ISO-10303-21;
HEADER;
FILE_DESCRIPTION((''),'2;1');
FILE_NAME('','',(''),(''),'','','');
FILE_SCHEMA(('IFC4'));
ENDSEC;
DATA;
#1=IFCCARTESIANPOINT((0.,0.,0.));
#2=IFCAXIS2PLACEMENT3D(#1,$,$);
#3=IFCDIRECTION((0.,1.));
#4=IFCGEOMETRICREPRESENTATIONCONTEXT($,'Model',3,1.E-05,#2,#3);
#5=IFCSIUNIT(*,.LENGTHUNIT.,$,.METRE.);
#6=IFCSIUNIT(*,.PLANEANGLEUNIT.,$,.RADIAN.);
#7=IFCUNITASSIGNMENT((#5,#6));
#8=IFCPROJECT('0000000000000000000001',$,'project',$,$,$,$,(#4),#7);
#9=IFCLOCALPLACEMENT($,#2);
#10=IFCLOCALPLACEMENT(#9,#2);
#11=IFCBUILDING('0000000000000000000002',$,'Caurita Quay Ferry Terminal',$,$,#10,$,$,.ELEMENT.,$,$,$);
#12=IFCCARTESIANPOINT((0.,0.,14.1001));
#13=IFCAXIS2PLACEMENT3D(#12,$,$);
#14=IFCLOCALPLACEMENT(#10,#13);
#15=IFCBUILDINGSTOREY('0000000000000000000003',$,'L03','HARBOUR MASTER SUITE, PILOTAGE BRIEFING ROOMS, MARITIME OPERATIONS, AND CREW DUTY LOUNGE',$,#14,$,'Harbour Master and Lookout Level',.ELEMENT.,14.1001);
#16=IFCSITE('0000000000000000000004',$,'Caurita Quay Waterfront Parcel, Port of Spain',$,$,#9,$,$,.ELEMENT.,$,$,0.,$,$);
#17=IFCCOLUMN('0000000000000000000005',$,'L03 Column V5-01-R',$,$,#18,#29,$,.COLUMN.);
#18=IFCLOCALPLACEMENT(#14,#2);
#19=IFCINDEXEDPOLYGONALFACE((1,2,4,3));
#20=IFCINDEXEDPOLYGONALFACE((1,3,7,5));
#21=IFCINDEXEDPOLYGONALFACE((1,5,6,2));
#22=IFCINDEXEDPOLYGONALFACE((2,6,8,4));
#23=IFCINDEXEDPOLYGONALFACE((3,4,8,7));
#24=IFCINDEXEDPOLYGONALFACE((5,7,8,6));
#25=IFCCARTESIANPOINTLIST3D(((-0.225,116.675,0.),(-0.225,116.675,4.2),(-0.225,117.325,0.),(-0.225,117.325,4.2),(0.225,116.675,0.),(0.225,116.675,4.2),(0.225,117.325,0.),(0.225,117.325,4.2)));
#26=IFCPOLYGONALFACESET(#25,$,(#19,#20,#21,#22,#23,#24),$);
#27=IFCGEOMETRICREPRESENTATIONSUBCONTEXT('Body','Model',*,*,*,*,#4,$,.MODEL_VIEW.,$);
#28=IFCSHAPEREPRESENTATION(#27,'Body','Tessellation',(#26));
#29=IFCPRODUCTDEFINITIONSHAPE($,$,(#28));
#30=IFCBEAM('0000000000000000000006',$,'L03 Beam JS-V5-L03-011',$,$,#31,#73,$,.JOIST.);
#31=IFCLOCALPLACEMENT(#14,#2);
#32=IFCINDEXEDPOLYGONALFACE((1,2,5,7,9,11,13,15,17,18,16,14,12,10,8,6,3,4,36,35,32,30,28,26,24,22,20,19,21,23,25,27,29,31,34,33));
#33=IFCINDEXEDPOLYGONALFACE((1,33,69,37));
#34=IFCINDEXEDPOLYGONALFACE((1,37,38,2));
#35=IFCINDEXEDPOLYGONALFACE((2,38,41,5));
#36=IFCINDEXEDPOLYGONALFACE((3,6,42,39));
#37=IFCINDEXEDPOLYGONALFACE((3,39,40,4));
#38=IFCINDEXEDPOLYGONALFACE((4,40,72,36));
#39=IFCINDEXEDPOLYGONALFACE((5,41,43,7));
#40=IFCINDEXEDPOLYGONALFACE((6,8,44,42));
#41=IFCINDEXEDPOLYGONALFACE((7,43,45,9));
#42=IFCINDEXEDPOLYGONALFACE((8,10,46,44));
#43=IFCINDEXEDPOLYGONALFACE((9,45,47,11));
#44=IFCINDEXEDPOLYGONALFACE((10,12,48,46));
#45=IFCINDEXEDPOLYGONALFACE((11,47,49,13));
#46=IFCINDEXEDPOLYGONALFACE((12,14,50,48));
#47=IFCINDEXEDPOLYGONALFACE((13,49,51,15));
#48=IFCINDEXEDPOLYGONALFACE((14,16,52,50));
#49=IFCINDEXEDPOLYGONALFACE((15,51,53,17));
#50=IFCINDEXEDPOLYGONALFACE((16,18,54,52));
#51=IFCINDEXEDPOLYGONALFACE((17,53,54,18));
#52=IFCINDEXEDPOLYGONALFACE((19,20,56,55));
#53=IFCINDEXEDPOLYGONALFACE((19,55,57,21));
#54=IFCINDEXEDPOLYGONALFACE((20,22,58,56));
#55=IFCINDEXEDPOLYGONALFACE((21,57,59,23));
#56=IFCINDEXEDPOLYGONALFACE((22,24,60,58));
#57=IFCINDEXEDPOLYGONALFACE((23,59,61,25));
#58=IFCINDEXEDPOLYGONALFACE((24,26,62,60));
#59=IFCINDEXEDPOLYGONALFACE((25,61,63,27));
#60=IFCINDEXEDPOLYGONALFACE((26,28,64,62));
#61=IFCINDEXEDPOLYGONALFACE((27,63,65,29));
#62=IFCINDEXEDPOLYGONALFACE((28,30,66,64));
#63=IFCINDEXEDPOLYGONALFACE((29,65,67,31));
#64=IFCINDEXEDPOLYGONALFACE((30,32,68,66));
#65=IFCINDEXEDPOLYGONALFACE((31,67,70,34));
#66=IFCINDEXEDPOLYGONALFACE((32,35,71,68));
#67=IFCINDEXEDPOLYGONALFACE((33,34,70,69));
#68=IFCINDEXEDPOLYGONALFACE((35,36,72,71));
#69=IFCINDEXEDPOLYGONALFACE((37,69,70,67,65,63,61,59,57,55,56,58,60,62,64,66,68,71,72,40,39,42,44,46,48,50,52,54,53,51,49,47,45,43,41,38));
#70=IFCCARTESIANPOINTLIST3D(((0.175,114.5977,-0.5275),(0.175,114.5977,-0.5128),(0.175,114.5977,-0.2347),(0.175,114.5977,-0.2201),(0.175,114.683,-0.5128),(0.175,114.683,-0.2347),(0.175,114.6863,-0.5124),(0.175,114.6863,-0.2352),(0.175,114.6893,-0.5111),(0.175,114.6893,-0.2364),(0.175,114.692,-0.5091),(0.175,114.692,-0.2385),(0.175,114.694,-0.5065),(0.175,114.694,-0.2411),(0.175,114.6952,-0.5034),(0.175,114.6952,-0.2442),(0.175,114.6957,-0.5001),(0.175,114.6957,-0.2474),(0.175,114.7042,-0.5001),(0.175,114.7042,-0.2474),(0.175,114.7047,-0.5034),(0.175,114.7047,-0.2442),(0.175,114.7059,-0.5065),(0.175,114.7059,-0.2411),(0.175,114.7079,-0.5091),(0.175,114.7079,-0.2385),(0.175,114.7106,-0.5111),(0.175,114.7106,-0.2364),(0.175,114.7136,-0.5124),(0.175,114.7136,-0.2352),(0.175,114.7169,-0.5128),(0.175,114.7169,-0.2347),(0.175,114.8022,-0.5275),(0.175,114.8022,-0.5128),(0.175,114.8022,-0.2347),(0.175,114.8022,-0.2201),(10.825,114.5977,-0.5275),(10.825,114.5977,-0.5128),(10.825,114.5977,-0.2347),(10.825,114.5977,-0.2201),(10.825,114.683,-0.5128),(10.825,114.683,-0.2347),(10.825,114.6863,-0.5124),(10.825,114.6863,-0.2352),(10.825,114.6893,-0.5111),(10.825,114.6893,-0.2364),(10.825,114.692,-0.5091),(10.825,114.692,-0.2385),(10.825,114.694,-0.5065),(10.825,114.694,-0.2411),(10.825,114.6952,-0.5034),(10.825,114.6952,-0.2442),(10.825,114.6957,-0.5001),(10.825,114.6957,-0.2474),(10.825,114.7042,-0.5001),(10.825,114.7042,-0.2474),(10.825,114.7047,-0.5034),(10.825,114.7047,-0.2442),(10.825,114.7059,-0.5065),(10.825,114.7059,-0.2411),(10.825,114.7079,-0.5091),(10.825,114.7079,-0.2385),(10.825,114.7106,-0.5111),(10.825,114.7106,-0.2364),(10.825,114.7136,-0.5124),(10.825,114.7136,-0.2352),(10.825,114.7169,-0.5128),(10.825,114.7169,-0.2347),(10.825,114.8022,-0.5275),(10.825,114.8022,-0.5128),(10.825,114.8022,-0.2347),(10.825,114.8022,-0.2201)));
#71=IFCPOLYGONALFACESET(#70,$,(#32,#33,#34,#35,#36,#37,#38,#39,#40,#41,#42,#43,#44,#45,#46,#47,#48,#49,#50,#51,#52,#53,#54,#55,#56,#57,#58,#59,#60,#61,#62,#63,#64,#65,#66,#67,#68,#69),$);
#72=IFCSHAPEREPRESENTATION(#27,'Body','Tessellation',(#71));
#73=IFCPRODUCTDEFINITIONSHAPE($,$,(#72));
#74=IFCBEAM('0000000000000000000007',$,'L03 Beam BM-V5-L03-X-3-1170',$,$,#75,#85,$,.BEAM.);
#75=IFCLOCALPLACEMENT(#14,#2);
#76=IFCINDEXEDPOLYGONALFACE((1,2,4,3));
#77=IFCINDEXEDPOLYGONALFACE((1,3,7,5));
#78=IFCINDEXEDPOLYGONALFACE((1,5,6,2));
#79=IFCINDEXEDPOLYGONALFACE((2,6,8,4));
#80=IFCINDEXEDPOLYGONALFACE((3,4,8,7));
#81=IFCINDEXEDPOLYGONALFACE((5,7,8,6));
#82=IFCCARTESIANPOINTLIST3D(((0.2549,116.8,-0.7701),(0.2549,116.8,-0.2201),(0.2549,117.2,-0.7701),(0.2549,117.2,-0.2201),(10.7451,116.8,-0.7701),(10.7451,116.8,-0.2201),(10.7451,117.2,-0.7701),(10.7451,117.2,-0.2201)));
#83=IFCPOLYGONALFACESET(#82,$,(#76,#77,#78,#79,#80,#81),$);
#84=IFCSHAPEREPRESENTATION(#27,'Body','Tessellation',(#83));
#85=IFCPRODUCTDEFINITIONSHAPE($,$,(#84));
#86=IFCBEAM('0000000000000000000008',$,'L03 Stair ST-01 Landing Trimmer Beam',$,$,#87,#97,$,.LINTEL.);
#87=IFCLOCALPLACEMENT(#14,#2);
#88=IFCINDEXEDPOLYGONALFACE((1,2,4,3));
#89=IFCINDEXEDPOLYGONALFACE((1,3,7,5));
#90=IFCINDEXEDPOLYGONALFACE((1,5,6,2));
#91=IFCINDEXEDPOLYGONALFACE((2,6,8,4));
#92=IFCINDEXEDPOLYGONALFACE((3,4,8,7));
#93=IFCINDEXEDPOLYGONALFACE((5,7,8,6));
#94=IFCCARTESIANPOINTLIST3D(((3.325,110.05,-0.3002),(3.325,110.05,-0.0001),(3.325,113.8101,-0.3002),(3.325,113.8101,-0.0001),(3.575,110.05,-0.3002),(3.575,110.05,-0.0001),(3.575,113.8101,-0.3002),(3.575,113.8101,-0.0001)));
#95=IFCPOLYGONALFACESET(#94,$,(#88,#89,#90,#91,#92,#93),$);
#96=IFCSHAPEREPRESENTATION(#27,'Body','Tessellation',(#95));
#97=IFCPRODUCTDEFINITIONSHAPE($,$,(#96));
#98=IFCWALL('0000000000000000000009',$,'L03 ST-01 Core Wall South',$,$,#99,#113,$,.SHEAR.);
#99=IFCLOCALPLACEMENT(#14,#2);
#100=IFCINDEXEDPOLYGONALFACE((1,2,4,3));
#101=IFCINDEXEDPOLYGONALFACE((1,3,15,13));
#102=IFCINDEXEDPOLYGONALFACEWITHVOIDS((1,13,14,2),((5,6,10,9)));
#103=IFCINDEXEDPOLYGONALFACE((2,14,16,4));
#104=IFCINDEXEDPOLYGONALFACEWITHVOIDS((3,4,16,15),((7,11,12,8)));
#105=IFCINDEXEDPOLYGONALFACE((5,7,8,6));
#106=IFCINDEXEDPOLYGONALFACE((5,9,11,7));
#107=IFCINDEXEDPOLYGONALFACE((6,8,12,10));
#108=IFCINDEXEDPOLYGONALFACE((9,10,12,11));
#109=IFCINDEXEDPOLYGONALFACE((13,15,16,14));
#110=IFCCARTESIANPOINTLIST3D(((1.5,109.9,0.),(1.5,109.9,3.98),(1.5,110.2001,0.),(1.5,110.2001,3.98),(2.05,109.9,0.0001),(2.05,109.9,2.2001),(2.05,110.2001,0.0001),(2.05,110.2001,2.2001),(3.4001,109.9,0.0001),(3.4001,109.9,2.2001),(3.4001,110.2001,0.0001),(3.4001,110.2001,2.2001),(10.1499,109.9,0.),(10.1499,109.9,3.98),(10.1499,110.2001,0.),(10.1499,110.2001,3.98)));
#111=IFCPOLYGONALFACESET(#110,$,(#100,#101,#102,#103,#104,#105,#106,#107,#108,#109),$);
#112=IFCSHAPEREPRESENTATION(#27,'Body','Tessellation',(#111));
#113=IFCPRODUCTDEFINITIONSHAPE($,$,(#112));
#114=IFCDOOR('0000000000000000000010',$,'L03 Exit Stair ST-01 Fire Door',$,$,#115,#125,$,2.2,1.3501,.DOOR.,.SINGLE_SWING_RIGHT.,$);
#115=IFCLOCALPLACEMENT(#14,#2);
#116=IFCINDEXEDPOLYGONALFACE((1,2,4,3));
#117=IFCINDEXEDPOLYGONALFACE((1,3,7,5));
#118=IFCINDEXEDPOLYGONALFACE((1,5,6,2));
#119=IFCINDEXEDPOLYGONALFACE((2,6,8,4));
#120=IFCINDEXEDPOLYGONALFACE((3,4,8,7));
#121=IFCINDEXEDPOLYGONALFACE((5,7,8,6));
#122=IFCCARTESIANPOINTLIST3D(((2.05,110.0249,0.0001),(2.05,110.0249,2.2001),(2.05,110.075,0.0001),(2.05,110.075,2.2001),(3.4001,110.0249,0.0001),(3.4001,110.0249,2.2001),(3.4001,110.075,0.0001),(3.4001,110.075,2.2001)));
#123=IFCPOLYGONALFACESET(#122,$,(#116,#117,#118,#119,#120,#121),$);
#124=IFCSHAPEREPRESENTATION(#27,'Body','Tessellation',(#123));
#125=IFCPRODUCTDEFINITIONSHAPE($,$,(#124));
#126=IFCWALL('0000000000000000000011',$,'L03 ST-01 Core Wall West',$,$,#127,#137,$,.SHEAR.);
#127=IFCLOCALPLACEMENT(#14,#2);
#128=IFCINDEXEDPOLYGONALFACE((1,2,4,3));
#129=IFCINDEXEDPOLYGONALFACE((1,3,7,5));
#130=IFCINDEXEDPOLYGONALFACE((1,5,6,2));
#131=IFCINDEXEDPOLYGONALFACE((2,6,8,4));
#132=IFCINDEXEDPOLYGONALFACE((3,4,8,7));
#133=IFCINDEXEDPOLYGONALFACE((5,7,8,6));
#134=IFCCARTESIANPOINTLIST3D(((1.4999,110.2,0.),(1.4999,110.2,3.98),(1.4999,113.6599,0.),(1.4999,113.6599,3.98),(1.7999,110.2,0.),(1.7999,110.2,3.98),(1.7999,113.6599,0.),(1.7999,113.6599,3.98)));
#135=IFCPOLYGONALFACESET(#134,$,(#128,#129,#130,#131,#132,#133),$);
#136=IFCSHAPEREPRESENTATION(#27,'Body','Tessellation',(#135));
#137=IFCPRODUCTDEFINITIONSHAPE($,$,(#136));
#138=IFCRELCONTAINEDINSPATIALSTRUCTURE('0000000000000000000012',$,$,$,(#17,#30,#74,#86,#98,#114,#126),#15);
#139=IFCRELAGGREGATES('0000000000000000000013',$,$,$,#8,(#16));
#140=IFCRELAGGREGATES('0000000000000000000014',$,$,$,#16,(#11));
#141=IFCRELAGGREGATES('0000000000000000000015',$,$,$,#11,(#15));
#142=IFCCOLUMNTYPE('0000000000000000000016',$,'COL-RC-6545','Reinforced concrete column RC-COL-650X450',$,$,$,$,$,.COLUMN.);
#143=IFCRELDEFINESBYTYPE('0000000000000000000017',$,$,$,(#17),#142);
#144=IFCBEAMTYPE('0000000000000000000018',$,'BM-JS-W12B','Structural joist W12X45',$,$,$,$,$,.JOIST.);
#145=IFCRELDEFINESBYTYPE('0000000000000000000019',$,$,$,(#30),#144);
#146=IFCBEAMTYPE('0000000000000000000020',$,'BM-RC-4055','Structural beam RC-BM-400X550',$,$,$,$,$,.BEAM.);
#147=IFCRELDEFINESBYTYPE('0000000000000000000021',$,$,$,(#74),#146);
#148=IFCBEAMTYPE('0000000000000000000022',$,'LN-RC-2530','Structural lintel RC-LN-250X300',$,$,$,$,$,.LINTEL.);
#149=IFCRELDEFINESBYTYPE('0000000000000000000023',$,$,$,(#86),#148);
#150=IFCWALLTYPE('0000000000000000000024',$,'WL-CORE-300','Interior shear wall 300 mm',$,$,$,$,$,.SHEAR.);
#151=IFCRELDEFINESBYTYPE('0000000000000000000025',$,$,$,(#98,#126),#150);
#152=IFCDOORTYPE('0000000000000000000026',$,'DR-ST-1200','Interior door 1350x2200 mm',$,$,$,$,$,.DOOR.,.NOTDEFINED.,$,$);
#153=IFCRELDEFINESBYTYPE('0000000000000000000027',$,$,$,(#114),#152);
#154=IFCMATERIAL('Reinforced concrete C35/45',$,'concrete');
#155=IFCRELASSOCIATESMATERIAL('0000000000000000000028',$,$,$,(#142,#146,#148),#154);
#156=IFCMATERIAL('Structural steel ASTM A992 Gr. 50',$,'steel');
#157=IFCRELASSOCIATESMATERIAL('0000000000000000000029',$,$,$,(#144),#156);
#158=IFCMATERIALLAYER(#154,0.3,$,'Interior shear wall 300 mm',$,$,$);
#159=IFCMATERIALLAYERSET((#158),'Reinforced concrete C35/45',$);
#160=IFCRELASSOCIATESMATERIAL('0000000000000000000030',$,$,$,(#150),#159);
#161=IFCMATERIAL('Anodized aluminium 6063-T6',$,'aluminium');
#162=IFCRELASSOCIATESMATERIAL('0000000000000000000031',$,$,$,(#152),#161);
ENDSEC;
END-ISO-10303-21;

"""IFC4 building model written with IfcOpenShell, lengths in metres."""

from ifc_helpers import new_model, si_unit, direction, frame, frame_2d, origin, origin_2d, place, context, subcontext, project, spatial, rectangle, i_section, extrude, material, layer, layer_set, material_profile, profile_set, type_object, element, fill, save


model = new_model("IFC4")

# Units and contexts
model_context = context("Model", 3, precision=1e-05, world=origin(), true_north=direction((0.0, 1.0)))
body_context = subcontext(model_context, "Body", "Model", "MODEL_VIEW")
ifc_project = project(units=[si_unit("LENGTHUNIT", "METRE"), si_unit("PLANEANGLEUNIT", "RADIAN")], contexts=[model_context])

# Site, building, storey
site_placement = place(None, origin())
site = spatial("IfcSite", under=ifc_project, at=site_placement, Name="Caurita Quay Waterfront Parcel, Port of Spain", CompositionType="ELEMENT", RefElevation=0.0)
building_placement = place(site_placement, origin())
building = spatial("IfcBuilding", under=site, at=building_placement, Name="Caurita Quay Ferry Terminal", CompositionType="ELEMENT")
storey_placement = place(building_placement, frame((0.0, 0.0, 14.1001)))
storey = spatial("IfcBuildingStorey", under=building, at=storey_placement, Name="L03", Description="HARBOUR MASTER SUITE, PILOTAGE BRIEFING ROOMS, MARITIME OPERATIONS, AND CREW DUTY LOUNGE", LongName="Harbour Master and Lookout Level", CompositionType="ELEMENT", Elevation=14.1001)

# Column
ifc_material_1 = material(Name="Reinforced concrete C35/45", Category="concrete")
ifc_material_profile_1 = material_profile(ifc_material_1, rectangle(XDim=0.45, YDim=0.6499, at=origin_2d()), Name="RC-COL-650X450")
ifc_profile_set_1 = profile_set([ifc_material_profile_1], Name="Reinforced concrete C35/45")
column_type = type_object("IfcColumnType", Name="COL-RC-6545", Description="Reinforced concrete column RC-COL-650X450", PredefinedType="COLUMN", material=ifc_profile_set_1)
column_placement = place(storey_placement, frame((0.0, 117.0, 0.0), z_axis=(0.0, 0.0, 1.0), x_axis=(1.0, 0.0, 0.0)))
element("IfcColumn", 1, at=column_placement, inside=storey, type_object=column_type, Name="L03 Column V5-01-R", PredefinedType="COLUMN", context=body_context, shape_type="SweptSolid", body=[
    extrude(rectangle(XDim=0.45, YDim=0.6499, at=origin_2d()), origin(), (0.0, 0.0, 1.0), 4.2),
])

# Beams
ifc_material_2 = material(Name="Structural steel ASTM A992 Gr. 50", Category="steel")
ifc_material_profile_2 = material_profile(ifc_material_2, i_section(OverallWidth=0.2046, OverallDepth=0.3074, WebThickness=0.0085, FlangeThickness=0.0146, FilletRadius=0.0127, at=origin_2d()), Name="W12X45")
ifc_profile_set_2 = profile_set([ifc_material_profile_2], Name="Structural steel ASTM A992 Gr. 50")
beam_type_1 = type_object("IfcBeamType", Name="BM-JS-W12B", Description="Structural joist W12X45", PredefinedType="JOIST", material=ifc_profile_set_2)
beam_1_placement = place(storey_placement, frame((0.175, 114.7, -0.3738), z_axis=(1.0, 0.0, 0.0), x_axis=(0.0, 1.0, 0.0)))
element("IfcBeam", 2, at=beam_1_placement, inside=storey, type_object=beam_type_1, Name="L03 Beam JS-V5-L03-011", PredefinedType="JOIST", context=body_context, shape_type="SweptSolid", body=[
    extrude(i_section(OverallWidth=0.2046, OverallDepth=0.3074, WebThickness=0.0085, FlangeThickness=0.0146, FilletRadius=0.0127, at=origin_2d()), origin(), (0.0, 0.0, 1.0), 10.6499),
])
ifc_material_profile_3 = material_profile(ifc_material_1, rectangle(XDim=0.3999, YDim=0.55, at=origin_2d()), Name="RC-BM-400X550")
ifc_profile_set_3 = profile_set([ifc_material_profile_3], Name="Reinforced concrete C35/45")
beam_type_2 = type_object("IfcBeamType", Name="BM-RC-4055", Description="Structural beam RC-BM-400X550", PredefinedType="BEAM", material=ifc_profile_set_3)
beam_2_placement = place(storey_placement, frame((0.2549, 117.0, -0.4951), z_axis=(1.0, 0.0, 0.0), x_axis=(0.0, 1.0, 0.0)))
element("IfcBeam", 3, at=beam_2_placement, inside=storey, type_object=beam_type_2, Name="L03 Beam BM-V5-L03-X-3-1170", PredefinedType="BEAM", context=body_context, shape_type="SweptSolid", body=[
    extrude(rectangle(XDim=0.3999, YDim=0.55, at=origin_2d()), origin(), (0.0, 0.0, 1.0), 10.4902),
])
ifc_material_profile_4 = material_profile(ifc_material_1, rectangle(XDim=0.25, YDim=0.3, at=origin_2d()), Name="RC-LN-250X300")
ifc_profile_set_4 = profile_set([ifc_material_profile_4], Name="Reinforced concrete C35/45")
beam_type_3 = type_object("IfcBeamType", Name="LN-RC-2530", Description="Structural lintel RC-LN-250X300", PredefinedType="LINTEL", material=ifc_profile_set_4)
beam_3_placement = place(storey_placement, frame((3.45, 110.05, -0.1501), z_axis=(0.0, 1.0, 0.0), x_axis=(-1.0, 0.0, 0.0)))
element("IfcBeam", 4, at=beam_3_placement, inside=storey, type_object=beam_type_3, Name="L03 Stair ST-01 Landing Trimmer Beam", PredefinedType="LINTEL", context=body_context, shape_type="SweptSolid", body=[
    extrude(rectangle(XDim=0.25, YDim=0.3, at=origin_2d()), origin(), (0.0, 0.0, 1.0), 3.76),
])

# Wall, opening, door
ifc_layer_1 = layer(ifc_material_1, 0.3, Name="Interior shear wall 300 mm")
ifc_layer_set_1 = layer_set([ifc_layer_1], Name="Reinforced concrete C35/45")
wall_type_1 = type_object("IfcWallType", Name="WL-CORE-300", Description="Interior shear wall 300 mm", PredefinedType="SHEAR", material=ifc_layer_set_1)
wall_1_placement = place(storey_placement, frame((1.5, 110.05, 0.0), z_axis=(0.0, 0.0, 1.0), x_axis=(1.0, 0.0, 0.0)))
wall_1 = element("IfcWall", 5, at=wall_1_placement, inside=storey, type_object=wall_type_1, Name="L03 ST-01 Core Wall South", PredefinedType="SHEAR", context=body_context, shape_type="SweptSolid", body=[
    extrude(rectangle(XDim=8.6499, YDim=0.3, at=frame_2d((4.325, 0.0))), origin(), (0.0, 0.0, 1.0), 3.98),
])
opening_1_placement = place(wall_1_placement, frame((0.55, 0.0, 0.0)))
opening_1 = element("IfcOpeningElement", 6, at=opening_1_placement, cuts=wall_1, PredefinedType="OPENING", context=body_context, shape_type="SweptSolid", body=[
    extrude(rectangle(XDim=1.3501, YDim=2.2, at=frame_2d((0.675, 1.1001))), frame((0.0, 0.1599, 0.0), z_axis=(0.0, -1.0, 0.0), x_axis=(1.0, 0.0, 0.0)), (0.0, 0.0, 1.0), 0.3201),
])
ifc_material_3 = material(Name="Anodized aluminium 6063-T6", Category="aluminium")
door_type_1 = type_object("IfcDoorType", Name="DR-ST-1200", Description="Interior door 1350x2200 mm", OperationType="NOTDEFINED", PredefinedType="DOOR", material=ifc_material_3)
door_1_placement = place(opening_1_placement, origin())
door_1 = element("IfcDoor", 7, at=door_1_placement, inside=storey, type_object=door_type_1, Name="L03 Exit Stair ST-01 Fire Door", OperationType="SINGLE_SWING_RIGHT", OverallHeight=2.2, OverallWidth=1.3501, PredefinedType="DOOR", context=body_context, shape_type="SweptSolid", body=[
    extrude(rectangle(XDim=1.3501, YDim=2.2, at=frame_2d((0.675, 1.1001))), frame((0.0, 0.0249, 0.0), z_axis=(0.0, -1.0, 0.0), x_axis=(1.0, 0.0, 0.0)), (0.0, 0.0, 1.0), 0.05),
])
fill(opening_1, door_1)

# Wall
wall_2_placement = place(storey_placement, frame((1.6499, 113.6599, 0.0), z_axis=(0.0, 0.0, 1.0), x_axis=(0.0, -1.0, 0.0)))
element("IfcWall", 8, at=wall_2_placement, inside=storey, type_object=wall_type_1, Name="L03 ST-01 Core Wall West", PredefinedType="SHEAR", context=body_context, shape_type="SweptSolid", body=[
    extrude(rectangle(XDim=3.46, YDim=0.3, at=frame_2d((1.73, 0.0))), origin(), (0.0, 0.0, 1.0), 3.98),
])

save(model, "model.ifc")
